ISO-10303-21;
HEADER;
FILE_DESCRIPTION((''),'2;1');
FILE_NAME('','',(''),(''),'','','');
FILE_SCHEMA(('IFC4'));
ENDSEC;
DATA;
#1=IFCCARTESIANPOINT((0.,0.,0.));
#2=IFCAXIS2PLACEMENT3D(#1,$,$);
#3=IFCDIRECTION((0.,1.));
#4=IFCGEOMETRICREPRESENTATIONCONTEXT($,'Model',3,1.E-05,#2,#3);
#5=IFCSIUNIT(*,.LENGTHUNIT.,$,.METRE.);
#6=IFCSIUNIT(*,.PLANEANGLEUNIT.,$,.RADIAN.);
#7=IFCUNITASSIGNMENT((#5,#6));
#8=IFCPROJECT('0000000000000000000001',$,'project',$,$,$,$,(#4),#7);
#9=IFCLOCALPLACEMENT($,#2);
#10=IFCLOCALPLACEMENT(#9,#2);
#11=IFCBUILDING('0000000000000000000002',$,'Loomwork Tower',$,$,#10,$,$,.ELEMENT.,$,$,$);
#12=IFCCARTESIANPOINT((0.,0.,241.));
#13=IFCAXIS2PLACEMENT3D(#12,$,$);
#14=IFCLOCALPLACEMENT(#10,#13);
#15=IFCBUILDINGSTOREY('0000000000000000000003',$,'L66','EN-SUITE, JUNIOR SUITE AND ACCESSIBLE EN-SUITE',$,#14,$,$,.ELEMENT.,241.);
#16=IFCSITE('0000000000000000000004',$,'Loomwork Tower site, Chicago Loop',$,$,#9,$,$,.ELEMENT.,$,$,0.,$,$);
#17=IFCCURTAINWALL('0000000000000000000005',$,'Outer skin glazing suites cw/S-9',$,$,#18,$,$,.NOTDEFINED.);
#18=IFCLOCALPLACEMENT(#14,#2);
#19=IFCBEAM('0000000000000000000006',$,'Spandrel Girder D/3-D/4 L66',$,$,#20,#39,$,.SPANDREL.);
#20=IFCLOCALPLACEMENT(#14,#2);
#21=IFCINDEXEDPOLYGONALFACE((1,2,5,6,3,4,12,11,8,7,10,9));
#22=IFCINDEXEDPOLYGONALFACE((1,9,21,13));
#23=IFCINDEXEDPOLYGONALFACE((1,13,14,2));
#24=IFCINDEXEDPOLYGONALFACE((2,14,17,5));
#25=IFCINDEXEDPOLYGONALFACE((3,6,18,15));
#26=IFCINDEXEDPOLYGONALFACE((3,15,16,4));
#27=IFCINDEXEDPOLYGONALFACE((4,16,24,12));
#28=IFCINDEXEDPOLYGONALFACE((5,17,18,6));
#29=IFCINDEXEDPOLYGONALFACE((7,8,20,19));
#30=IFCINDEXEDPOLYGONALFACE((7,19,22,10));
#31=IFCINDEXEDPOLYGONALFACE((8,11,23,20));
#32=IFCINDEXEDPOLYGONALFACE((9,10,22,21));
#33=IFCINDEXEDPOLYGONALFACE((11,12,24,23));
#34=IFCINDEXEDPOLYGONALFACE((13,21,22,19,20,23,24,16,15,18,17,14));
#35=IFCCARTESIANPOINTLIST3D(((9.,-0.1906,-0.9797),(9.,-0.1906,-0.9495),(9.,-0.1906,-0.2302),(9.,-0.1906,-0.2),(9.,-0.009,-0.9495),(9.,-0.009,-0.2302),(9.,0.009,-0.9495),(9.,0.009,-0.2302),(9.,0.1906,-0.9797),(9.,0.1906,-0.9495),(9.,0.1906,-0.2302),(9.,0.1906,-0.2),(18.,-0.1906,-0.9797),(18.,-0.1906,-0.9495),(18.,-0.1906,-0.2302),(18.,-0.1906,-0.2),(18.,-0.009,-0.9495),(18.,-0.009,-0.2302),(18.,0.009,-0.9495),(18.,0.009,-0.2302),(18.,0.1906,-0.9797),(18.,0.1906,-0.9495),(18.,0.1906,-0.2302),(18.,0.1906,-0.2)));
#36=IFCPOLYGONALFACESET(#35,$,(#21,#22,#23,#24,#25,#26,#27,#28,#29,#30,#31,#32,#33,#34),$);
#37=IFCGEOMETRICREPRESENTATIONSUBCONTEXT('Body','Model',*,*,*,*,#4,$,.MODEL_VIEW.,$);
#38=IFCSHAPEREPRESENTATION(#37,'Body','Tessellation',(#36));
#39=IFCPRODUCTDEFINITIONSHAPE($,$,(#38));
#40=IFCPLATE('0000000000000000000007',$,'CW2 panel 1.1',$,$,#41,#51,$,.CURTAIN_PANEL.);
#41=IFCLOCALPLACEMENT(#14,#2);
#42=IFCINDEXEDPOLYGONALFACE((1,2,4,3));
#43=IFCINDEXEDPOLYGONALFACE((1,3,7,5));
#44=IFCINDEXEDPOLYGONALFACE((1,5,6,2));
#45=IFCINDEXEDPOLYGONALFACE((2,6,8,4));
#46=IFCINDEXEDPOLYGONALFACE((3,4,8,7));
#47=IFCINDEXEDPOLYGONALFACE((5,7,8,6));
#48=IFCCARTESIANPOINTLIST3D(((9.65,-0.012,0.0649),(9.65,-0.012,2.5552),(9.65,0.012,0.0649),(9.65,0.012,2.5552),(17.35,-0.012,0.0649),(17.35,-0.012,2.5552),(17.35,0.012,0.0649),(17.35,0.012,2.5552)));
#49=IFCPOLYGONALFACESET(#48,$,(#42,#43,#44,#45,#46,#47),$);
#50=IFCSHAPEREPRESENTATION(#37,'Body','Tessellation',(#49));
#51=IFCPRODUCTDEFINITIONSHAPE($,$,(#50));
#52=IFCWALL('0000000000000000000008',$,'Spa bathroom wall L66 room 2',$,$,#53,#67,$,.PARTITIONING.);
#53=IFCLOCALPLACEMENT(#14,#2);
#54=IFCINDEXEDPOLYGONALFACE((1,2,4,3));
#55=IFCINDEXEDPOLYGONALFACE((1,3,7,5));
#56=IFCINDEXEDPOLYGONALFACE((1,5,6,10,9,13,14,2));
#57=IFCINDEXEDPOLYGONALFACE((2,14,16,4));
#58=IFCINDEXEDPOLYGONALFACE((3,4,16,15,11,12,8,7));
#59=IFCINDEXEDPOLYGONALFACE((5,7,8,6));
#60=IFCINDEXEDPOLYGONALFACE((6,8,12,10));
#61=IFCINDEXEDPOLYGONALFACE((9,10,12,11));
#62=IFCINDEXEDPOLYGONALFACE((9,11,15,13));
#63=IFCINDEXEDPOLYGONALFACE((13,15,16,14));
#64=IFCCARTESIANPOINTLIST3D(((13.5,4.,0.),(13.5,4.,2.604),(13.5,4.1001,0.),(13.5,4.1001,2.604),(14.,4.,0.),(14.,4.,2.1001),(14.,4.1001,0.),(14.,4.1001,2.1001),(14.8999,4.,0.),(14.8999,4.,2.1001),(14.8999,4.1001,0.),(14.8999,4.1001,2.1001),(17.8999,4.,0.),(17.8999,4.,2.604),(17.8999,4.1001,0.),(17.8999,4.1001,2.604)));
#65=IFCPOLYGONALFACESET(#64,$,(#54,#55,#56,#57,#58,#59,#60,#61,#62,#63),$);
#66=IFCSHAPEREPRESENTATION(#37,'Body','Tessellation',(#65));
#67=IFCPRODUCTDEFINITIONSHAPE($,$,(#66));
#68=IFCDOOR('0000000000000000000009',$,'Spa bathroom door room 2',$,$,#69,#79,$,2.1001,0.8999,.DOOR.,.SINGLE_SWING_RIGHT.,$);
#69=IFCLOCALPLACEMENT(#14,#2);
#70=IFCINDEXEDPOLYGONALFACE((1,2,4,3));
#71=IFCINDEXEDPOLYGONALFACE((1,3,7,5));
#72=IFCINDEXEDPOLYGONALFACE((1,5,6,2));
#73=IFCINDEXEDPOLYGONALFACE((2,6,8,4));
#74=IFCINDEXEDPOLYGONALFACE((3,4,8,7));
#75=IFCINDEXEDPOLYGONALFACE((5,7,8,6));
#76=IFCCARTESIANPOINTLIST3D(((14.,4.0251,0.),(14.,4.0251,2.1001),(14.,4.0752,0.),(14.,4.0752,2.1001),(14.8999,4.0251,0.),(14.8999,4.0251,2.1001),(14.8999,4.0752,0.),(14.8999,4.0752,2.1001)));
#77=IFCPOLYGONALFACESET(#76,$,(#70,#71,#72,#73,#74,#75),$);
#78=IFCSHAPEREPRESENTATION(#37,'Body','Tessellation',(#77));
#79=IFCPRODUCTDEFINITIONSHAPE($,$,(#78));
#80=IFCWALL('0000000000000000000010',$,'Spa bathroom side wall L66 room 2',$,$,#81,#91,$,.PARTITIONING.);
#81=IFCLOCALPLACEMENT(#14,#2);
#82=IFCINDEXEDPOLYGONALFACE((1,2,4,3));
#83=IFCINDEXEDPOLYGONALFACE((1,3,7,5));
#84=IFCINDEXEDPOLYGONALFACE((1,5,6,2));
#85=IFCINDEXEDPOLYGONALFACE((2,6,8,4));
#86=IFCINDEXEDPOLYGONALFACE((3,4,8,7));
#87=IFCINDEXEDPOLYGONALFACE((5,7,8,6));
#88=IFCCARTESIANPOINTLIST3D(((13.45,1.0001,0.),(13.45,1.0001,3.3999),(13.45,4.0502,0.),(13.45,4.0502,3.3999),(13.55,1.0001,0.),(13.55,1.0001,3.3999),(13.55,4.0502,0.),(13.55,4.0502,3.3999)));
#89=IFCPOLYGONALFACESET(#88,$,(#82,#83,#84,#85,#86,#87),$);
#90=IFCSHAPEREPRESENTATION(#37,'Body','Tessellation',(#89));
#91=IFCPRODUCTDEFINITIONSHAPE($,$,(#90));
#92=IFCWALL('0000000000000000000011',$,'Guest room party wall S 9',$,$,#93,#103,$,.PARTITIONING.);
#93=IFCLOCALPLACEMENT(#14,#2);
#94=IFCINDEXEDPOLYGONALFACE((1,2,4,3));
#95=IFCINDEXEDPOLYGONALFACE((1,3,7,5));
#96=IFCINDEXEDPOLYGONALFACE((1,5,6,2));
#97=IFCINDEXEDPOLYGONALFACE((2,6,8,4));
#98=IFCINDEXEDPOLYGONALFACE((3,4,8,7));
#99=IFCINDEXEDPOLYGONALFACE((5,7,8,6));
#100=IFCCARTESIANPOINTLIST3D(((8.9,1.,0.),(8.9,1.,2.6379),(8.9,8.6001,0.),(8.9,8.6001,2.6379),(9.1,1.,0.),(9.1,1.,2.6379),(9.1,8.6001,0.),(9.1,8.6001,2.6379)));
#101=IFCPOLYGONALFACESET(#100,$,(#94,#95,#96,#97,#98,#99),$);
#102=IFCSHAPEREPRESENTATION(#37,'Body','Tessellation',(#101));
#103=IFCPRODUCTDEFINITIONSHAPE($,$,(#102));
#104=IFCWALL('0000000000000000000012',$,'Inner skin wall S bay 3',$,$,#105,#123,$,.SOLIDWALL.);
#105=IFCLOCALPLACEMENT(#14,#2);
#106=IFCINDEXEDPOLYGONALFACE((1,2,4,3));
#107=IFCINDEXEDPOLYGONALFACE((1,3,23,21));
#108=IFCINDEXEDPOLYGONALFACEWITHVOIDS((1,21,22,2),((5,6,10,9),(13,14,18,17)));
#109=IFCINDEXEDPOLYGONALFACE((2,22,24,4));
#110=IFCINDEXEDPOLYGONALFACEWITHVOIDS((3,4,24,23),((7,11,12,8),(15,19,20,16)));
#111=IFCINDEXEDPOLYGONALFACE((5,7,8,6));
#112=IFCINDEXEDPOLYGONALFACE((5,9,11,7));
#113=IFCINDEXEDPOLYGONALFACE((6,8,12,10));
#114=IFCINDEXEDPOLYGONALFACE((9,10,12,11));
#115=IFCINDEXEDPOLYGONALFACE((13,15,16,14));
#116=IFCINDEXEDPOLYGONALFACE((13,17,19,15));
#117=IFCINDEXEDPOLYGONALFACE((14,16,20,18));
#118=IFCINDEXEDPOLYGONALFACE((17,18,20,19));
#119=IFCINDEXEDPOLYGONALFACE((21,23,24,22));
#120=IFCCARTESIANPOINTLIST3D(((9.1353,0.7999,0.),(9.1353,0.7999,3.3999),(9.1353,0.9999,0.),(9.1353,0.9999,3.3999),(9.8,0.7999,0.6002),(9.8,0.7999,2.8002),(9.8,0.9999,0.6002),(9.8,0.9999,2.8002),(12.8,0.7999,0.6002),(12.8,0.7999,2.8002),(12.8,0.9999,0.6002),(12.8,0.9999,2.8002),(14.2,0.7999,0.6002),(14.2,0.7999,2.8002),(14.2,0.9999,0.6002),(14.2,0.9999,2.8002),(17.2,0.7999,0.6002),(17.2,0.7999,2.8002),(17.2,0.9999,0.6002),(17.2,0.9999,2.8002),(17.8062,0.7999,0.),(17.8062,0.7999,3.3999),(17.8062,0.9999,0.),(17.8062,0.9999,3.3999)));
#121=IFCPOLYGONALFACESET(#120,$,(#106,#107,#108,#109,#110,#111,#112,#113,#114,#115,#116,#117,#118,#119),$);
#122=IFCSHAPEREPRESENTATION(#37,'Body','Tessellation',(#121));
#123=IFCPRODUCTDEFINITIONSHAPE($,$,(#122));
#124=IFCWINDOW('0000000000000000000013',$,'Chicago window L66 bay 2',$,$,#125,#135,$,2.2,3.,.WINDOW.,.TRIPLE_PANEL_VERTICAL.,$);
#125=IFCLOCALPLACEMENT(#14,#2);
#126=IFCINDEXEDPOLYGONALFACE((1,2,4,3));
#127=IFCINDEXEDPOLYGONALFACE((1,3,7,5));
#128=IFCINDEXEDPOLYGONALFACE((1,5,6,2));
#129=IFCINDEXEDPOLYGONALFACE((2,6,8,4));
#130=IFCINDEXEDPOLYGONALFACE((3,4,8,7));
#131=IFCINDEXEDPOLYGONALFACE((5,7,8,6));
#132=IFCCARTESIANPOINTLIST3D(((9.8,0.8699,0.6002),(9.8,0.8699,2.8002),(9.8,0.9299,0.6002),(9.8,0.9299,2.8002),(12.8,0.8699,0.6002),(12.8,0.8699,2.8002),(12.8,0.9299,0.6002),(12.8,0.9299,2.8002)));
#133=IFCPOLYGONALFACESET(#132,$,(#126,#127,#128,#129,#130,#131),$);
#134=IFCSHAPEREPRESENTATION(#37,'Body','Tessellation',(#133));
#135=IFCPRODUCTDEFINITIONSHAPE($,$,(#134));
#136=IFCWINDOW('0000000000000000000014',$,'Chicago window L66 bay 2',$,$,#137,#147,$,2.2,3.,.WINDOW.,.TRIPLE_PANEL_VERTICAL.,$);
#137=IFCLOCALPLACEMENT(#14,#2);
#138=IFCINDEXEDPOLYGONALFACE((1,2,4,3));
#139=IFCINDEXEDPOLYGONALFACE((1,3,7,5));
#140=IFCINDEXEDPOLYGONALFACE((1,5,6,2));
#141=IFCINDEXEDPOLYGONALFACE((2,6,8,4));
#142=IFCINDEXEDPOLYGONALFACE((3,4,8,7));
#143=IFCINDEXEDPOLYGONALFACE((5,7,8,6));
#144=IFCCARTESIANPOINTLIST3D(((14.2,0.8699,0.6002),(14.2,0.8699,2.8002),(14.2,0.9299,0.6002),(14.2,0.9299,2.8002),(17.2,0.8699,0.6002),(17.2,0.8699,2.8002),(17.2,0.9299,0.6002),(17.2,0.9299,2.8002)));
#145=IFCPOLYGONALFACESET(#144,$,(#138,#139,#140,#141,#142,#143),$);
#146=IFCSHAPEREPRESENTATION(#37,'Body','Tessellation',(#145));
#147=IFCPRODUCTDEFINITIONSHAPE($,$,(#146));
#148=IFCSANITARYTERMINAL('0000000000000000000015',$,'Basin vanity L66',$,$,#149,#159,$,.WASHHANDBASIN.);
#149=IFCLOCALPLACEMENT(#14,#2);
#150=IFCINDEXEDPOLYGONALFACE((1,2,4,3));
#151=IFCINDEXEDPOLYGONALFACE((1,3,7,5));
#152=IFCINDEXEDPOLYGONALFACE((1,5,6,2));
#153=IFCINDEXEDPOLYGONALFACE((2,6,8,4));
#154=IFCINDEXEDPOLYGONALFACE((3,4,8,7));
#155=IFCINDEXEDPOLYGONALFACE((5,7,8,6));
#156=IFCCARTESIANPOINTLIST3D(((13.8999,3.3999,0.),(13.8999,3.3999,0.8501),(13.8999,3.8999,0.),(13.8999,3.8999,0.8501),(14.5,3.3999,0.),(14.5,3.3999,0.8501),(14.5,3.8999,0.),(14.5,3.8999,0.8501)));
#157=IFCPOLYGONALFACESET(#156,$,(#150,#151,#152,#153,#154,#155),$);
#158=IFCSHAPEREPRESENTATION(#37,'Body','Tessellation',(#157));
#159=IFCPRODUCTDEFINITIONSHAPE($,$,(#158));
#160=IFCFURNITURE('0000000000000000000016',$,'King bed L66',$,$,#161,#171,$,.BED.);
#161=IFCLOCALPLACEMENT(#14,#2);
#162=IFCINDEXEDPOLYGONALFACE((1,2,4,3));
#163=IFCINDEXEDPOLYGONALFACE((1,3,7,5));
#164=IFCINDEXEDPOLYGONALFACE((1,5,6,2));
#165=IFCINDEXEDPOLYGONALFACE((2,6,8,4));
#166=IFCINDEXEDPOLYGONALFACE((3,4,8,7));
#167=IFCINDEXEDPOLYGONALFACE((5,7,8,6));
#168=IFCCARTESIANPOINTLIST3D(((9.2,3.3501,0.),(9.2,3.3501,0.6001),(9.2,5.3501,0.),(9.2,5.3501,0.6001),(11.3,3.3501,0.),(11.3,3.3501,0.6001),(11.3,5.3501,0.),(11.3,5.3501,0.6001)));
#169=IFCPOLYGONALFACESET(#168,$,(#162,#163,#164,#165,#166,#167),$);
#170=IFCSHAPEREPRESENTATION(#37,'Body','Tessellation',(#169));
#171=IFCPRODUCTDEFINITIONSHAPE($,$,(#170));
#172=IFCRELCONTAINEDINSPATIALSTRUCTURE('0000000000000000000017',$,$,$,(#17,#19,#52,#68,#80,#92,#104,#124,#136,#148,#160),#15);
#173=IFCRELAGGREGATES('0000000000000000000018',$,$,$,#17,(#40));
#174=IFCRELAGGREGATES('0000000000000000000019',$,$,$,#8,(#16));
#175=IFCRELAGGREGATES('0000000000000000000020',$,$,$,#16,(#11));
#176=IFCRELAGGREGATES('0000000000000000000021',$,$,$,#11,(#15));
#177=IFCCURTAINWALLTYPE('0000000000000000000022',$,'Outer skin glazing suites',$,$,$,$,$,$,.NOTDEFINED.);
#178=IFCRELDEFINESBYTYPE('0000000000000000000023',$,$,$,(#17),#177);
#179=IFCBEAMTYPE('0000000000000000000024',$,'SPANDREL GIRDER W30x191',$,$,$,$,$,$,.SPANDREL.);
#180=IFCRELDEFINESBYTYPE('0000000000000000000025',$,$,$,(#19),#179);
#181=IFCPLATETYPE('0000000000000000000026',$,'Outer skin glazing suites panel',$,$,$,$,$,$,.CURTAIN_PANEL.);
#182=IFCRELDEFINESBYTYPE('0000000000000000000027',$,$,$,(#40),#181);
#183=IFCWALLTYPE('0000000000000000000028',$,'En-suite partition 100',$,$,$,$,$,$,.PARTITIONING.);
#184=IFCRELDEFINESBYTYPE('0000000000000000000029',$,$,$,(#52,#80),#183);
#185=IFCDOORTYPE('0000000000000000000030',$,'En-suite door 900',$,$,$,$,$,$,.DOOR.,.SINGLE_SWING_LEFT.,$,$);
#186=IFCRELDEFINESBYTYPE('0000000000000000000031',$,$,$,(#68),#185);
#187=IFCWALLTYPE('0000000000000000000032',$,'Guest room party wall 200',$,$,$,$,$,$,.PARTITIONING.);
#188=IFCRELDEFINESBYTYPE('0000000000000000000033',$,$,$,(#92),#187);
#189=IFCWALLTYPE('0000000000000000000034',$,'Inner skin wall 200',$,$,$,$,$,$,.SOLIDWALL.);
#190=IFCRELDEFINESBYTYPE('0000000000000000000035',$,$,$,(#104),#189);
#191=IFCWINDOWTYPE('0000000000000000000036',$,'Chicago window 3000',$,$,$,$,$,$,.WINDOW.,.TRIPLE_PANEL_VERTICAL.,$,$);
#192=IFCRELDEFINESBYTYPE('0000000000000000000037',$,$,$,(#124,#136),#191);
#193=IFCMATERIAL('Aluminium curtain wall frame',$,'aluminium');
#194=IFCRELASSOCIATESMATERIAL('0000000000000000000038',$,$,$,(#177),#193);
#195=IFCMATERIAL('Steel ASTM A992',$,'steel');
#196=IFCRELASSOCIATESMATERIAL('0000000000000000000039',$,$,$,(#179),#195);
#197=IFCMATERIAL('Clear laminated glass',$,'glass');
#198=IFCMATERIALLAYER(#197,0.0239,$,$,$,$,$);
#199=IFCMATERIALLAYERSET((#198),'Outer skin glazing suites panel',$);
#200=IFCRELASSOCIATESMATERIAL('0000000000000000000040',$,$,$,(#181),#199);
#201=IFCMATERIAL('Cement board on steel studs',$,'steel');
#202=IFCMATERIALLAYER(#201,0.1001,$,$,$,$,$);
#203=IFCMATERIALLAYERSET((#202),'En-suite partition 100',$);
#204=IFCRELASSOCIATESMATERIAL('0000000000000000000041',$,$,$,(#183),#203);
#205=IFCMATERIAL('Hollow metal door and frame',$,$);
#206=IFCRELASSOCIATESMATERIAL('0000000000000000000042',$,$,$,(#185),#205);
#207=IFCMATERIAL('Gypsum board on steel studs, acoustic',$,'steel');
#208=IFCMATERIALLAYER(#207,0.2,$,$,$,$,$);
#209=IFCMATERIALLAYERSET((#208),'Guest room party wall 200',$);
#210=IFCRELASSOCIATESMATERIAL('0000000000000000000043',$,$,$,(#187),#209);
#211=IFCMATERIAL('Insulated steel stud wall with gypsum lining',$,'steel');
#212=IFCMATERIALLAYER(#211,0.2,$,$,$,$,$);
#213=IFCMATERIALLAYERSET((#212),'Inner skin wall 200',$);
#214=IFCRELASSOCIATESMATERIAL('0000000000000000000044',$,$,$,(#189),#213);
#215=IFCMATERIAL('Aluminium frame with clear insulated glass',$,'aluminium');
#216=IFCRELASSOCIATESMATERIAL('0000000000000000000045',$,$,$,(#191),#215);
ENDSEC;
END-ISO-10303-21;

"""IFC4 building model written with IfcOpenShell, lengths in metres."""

from ifc_helpers import new_model, si_unit, direction, frame, frame_2d, origin, origin_2d, place, context, subcontext, project, spatial, rectangle, i_section, extrude, material, layer, layer_set, material_profile, profile_set, type_object, element, fill, aggregate, save


model = new_model("IFC4")

# Units and contexts
model_context = context("Model", 3, precision=1e-05, world=origin(), true_north=direction((0.0, 1.0)))
body_context = subcontext(model_context, "Body", "Model", "MODEL_VIEW")
ifc_project = project(units=[si_unit("LENGTHUNIT", "METRE"), si_unit("PLANEANGLEUNIT", "RADIAN")], contexts=[model_context])

# Site, building, storey
site_placement = place(None, origin())
site = spatial("IfcSite", under=ifc_project, at=site_placement, Name="Loomwork Tower site, Chicago Loop", CompositionType="ELEMENT", RefElevation=0.0)
building_placement = place(site_placement, origin())
building = spatial("IfcBuilding", under=site, at=building_placement, Name="Loomwork Tower", CompositionType="ELEMENT")
storey_placement = place(building_placement, frame((0.0, 0.0, 241.0)))
storey = spatial("IfcBuildingStorey", under=building, at=storey_placement, Name="L66", Description="EN-SUITE, JUNIOR SUITE AND ACCESSIBLE EN-SUITE", CompositionType="ELEMENT", Elevation=241.0)

# Curtain wall
ifc_material_1 = material(Name="Aluminium curtain wall frame", Category="aluminium")
curtain_wall_type = type_object("IfcCurtainWallType", Name="Outer skin glazing suites", PredefinedType="NOTDEFINED", material=ifc_material_1)
curtain_wall_placement = place(storey_placement, origin())
curtain_wall = element("IfcCurtainWall", 1, at=curtain_wall_placement, inside=storey, type_object=curtain_wall_type, Name="Outer skin glazing suites cw/S-9", PredefinedType="NOTDEFINED")

# Beam
ifc_material_2 = material(Name="Steel ASTM A992", Category="steel")
ifc_material_profile_1 = material_profile(ifc_material_2, i_section(OverallWidth=0.3811, OverallDepth=0.7798, WebThickness=0.0181, FlangeThickness=0.0303, at=origin_2d()), Name="W30x191")
ifc_profile_set_1 = profile_set([ifc_material_profile_1], Name="Steel ASTM A992")
beam_type_1 = type_object("IfcBeamType", Name="SPANDREL GIRDER W30x191", PredefinedType="SPANDREL", material=ifc_profile_set_1)
beam_1_placement = place(storey_placement, frame((9.0, 0.0, -0.5898), z_axis=(1.0, 0.0, 0.0), x_axis=(0.0, 1.0, 0.0)))
element("IfcBeam", 2, at=beam_1_placement, inside=storey, type_object=beam_type_1, Name="Spandrel Girder D/3-D/4 L66", PredefinedType="SPANDREL", context=body_context, shape_type="SweptSolid", body=[
    extrude(i_section(OverallWidth=0.3811, OverallDepth=0.7798, WebThickness=0.0181, FlangeThickness=0.0303, at=origin_2d()), origin(), (0.0, 0.0, 1.0), 9.0),
])

# Plate
ifc_material_3 = material(Name="Clear laminated glass", Category="glass")
ifc_layer_1 = layer(ifc_material_3, 0.0239)
ifc_layer_set_1 = layer_set([ifc_layer_1], Name="Outer skin glazing suites panel")
plate_type = type_object("IfcPlateType", Name="Outer skin glazing suites panel", PredefinedType="CURTAIN_PANEL", material=ifc_layer_set_1)
plate_placement = place(storey_placement, frame((13.5, 0.0, 0.0649), z_axis=(0.0, 0.0, 1.0), x_axis=(1.0, 0.0, 0.0)))
plate = element("IfcPlate", 3, at=plate_placement, type_object=plate_type, Name="CW2 panel 1.1", PredefinedType="CURTAIN_PANEL", context=body_context, shape_type="SweptSolid", body=[
    extrude(rectangle(XDim=7.7, YDim=0.0239, at=origin_2d()), origin(), (0.0, 0.0, 1.0), 2.4902),
])
aggregate(curtain_wall, [plate])

# Wall, opening, door
ifc_material_4 = material(Name="Cement board on steel studs", Category="steel")
ifc_layer_2 = layer(ifc_material_4, 0.1001)
ifc_layer_set_2 = layer_set([ifc_layer_2], Name="En-suite partition 100")
wall_type_1 = type_object("IfcWallType", Name="En-suite partition 100", PredefinedType="PARTITIONING", material=ifc_layer_set_2)
wall_1_placement = place(storey_placement, frame((13.5, 4.05, 0.0), z_axis=(0.0, 0.0, 1.0), x_axis=(1.0, 0.0, 0.0)))
wall_1 = element("IfcWall", 4, at=wall_1_placement, inside=storey, type_object=wall_type_1, Name="Spa bathroom wall L66 room 2", PredefinedType="PARTITIONING", context=body_context, shape_type="SweptSolid", body=[
    extrude(rectangle(XDim=4.3999, YDim=0.1001, at=frame_2d((2.2, 0.0))), origin(), (0.0, 0.0, 1.0), 2.604),
])
opening_1_placement = place(wall_1_placement, frame((0.5, 0.0, 0.0)))
opening_1 = element("IfcOpeningElement", 5, at=opening_1_placement, cuts=wall_1, PredefinedType="OPENING", context=body_context, shape_type="SweptSolid", body=[
    extrude(rectangle(XDim=0.8999, YDim=2.1001, at=frame_2d((0.45, 1.05))), frame((0.0, 0.0601, 0.0), z_axis=(0.0, -1.0, 0.0), x_axis=(1.0, 0.0, 0.0)), (0.0, 0.0, 1.0), 0.1201),
])
ifc_material_5 = material(Name="Hollow metal door and frame")
door_type = type_object("IfcDoorType", Name="En-suite door 900", OperationType="SINGLE_SWING_LEFT", PredefinedType="DOOR", material=ifc_material_5)
door_placement = place(opening_1_placement, frame((0.8999, 0.0, 0.0), z_axis=(0.0, 0.0, 1.0), x_axis=(-1.0, 0.0, 0.0)))
door = element("IfcDoor", 6, at=door_placement, inside=storey, type_object=door_type, Name="Spa bathroom door room 2", OperationType="SINGLE_SWING_RIGHT", OverallHeight=2.1001, OverallWidth=0.8999, PredefinedType="DOOR", context=body_context, shape_type="SweptSolid", body=[
    extrude(rectangle(XDim=0.8999, YDim=2.1001, at=frame_2d((0.45, 1.05))), frame((0.0, 0.0249, 0.0), z_axis=(0.0, -1.0, 0.0), x_axis=(1.0, 0.0, 0.0)), (0.0, 0.0, 1.0), 0.05),
])
fill(opening_1, door)

# Walls
wall_2_placement = place(storey_placement, frame((13.5, 4.05, 0.0), z_axis=(0.0, 0.0, 1.0), x_axis=(0.0, -1.0, 0.0)))
element("IfcWall", 7, at=wall_2_placement, inside=storey, type_object=wall_type_1, Name="Spa bathroom side wall L66 room 2", PredefinedType="PARTITIONING", context=body_context, shape_type="SweptSolid", body=[
    extrude(rectangle(XDim=3.05, YDim=0.1001, at=frame_2d((1.5249, 0.0))), origin(), (0.0, 0.0, 1.0), 3.3999),
])
ifc_material_6 = material(Name="Gypsum board on steel studs, acoustic", Category="steel")
ifc_layer_3 = layer(ifc_material_6, 0.2)
ifc_layer_set_3 = layer_set([ifc_layer_3], Name="Guest room party wall 200")
wall_type_2 = type_object("IfcWallType", Name="Guest room party wall 200", PredefinedType="PARTITIONING", material=ifc_layer_set_3)
wall_3_placement = place(storey_placement, frame((9.0, 8.6001, 0.0), z_axis=(0.0, 0.0, 1.0), x_axis=(0.0, -1.0, 0.0)))
element("IfcWall", 8, at=wall_3_placement, inside=storey, type_object=wall_type_2, Name="Guest room party wall S 9", PredefinedType="PARTITIONING", context=body_context, shape_type="SweptSolid", body=[
    extrude(rectangle(XDim=7.6001, YDim=0.2, at=frame_2d((3.8, 0.0))), origin(), (0.0, 0.0, 1.0), 2.6379),
])

# Wall, openings, windows
ifc_material_7 = material(Name="Insulated steel stud wall with gypsum lining", Category="steel")
ifc_layer_4 = layer(ifc_material_7, 0.2)
ifc_layer_set_4 = layer_set([ifc_layer_4], Name="Inner skin wall 200")
wall_type_3 = type_object("IfcWallType", Name="Inner skin wall 200", PredefinedType="SOLIDWALL", material=ifc_layer_set_4)
wall_4_placement = place(storey_placement, frame((9.1353, 0.8999, 0.0), z_axis=(0.0, 0.0, 1.0), x_axis=(1.0, 0.0, 0.0)))
wall_4 = element("IfcWall", 9, at=wall_4_placement, inside=storey, type_object=wall_type_3, Name="Inner skin wall S bay 3", PredefinedType="SOLIDWALL", context=body_context, shape_type="SweptSolid", body=[
    extrude(rectangle(XDim=8.6709, YDim=0.2, at=frame_2d((4.3354, 0.0))), origin(), (0.0, 0.0, 1.0), 3.3999),
])
opening_2_placement = place(wall_4_placement, frame((0.6648, 0.0, 0.6001)))
opening_2 = element("IfcOpeningElement", 10, at=opening_2_placement, cuts=wall_4, PredefinedType="OPENING", context=body_context, shape_type="SweptSolid", body=[
    extrude(rectangle(XDim=3.0, YDim=2.2, at=frame_2d((1.5, 1.1001))), frame((0.0, 0.1099, 0.0), z_axis=(0.0, -1.0, 0.0), x_axis=(1.0, 0.0, 0.0)), (0.0, 0.0, 1.0), 0.22),
])
opening_3_placement = place(wall_4_placement, frame((5.0647, 0.0, 0.6001)))
opening_3 = element("IfcOpeningElement", 11, at=opening_3_placement, cuts=wall_4, PredefinedType="OPENING", context=body_context, shape_type="SweptSolid", body=[
    extrude(rectangle(XDim=3.0, YDim=2.2, at=frame_2d((1.5, 1.1001))), frame((0.0, 0.1099, 0.0), z_axis=(0.0, -1.0, 0.0), x_axis=(1.0, 0.0, 0.0)), (0.0, 0.0, 1.0), 0.22),
])
ifc_material_8 = material(Name="Aluminium frame with clear insulated glass", Category="aluminium")
window_type = type_object("IfcWindowType", Name="Chicago window 3000", PartitioningType="TRIPLE_PANEL_VERTICAL", PredefinedType="WINDOW", material=ifc_material_8)
window_1_placement = place(opening_2_placement, origin())
window_1 = element("IfcWindow", 12, at=window_1_placement, inside=storey, type_object=window_type, Name="Chicago window L66 bay 2", OverallHeight=2.2, OverallWidth=3.0, PartitioningType="TRIPLE_PANEL_VERTICAL", PredefinedType="WINDOW", context=body_context, shape_type="SweptSolid", body=[
    extrude(rectangle(XDim=3.0, YDim=2.2, at=frame_2d((1.5, 1.1001))), frame((0.0, 0.03, 0.0), z_axis=(0.0, -1.0, 0.0), x_axis=(1.0, 0.0, 0.0)), (0.0, 0.0, 1.0), 0.0601),
])
fill(opening_2, window_1)
window_2_placement = place(opening_3_placement, origin())
window_2 = element("IfcWindow", 13, at=window_2_placement, inside=storey, type_object=window_type, Name="Chicago window L66 bay 2", OverallHeight=2.2, OverallWidth=3.0, PartitioningType="TRIPLE_PANEL_VERTICAL", PredefinedType="WINDOW", context=body_context, shape_type="SweptSolid", body=[
    extrude(rectangle(XDim=3.0, YDim=2.2, at=frame_2d((1.5, 1.1001))), frame((0.0, 0.03, 0.0), z_axis=(0.0, -1.0, 0.0), x_axis=(1.0, 0.0, 0.0)), (0.0, 0.0, 1.0), 0.0601),
])
fill(opening_3, window_2)

# Sanitary terminal
sanitary_terminal_placement = place(storey_placement, frame((14.2, 3.6499, 0.0), z_axis=(0.0, 0.0, 1.0), x_axis=(1.0, 0.0, 0.0)))
element("IfcSanitaryTerminal", 14, at=sanitary_terminal_placement, inside=storey, Name="Basin vanity L66", PredefinedType="WASHHANDBASIN", context=body_context, shape_type="SweptSolid", body=[
    extrude(rectangle(XDim=0.6001, YDim=0.5, at=origin_2d()), origin(), (0.0, 0.0, 1.0), 0.8501),
])

# Furniture
furniture_1_placement = place(storey_placement, frame((10.25, 4.3501, 0.0), z_axis=(0.0, 0.0, 1.0), x_axis=(1.0, 0.0, 0.0)))
element("IfcFurniture", 15, at=furniture_1_placement, inside=storey, Name="King bed L66", PredefinedType="BED", context=body_context, shape_type="SweptSolid", body=[
    extrude(rectangle(XDim=2.1001, YDim=2.0, at=origin_2d()), origin(), (0.0, 0.0, 1.0), 0.6001),
])

save(model, "model.ifc")
